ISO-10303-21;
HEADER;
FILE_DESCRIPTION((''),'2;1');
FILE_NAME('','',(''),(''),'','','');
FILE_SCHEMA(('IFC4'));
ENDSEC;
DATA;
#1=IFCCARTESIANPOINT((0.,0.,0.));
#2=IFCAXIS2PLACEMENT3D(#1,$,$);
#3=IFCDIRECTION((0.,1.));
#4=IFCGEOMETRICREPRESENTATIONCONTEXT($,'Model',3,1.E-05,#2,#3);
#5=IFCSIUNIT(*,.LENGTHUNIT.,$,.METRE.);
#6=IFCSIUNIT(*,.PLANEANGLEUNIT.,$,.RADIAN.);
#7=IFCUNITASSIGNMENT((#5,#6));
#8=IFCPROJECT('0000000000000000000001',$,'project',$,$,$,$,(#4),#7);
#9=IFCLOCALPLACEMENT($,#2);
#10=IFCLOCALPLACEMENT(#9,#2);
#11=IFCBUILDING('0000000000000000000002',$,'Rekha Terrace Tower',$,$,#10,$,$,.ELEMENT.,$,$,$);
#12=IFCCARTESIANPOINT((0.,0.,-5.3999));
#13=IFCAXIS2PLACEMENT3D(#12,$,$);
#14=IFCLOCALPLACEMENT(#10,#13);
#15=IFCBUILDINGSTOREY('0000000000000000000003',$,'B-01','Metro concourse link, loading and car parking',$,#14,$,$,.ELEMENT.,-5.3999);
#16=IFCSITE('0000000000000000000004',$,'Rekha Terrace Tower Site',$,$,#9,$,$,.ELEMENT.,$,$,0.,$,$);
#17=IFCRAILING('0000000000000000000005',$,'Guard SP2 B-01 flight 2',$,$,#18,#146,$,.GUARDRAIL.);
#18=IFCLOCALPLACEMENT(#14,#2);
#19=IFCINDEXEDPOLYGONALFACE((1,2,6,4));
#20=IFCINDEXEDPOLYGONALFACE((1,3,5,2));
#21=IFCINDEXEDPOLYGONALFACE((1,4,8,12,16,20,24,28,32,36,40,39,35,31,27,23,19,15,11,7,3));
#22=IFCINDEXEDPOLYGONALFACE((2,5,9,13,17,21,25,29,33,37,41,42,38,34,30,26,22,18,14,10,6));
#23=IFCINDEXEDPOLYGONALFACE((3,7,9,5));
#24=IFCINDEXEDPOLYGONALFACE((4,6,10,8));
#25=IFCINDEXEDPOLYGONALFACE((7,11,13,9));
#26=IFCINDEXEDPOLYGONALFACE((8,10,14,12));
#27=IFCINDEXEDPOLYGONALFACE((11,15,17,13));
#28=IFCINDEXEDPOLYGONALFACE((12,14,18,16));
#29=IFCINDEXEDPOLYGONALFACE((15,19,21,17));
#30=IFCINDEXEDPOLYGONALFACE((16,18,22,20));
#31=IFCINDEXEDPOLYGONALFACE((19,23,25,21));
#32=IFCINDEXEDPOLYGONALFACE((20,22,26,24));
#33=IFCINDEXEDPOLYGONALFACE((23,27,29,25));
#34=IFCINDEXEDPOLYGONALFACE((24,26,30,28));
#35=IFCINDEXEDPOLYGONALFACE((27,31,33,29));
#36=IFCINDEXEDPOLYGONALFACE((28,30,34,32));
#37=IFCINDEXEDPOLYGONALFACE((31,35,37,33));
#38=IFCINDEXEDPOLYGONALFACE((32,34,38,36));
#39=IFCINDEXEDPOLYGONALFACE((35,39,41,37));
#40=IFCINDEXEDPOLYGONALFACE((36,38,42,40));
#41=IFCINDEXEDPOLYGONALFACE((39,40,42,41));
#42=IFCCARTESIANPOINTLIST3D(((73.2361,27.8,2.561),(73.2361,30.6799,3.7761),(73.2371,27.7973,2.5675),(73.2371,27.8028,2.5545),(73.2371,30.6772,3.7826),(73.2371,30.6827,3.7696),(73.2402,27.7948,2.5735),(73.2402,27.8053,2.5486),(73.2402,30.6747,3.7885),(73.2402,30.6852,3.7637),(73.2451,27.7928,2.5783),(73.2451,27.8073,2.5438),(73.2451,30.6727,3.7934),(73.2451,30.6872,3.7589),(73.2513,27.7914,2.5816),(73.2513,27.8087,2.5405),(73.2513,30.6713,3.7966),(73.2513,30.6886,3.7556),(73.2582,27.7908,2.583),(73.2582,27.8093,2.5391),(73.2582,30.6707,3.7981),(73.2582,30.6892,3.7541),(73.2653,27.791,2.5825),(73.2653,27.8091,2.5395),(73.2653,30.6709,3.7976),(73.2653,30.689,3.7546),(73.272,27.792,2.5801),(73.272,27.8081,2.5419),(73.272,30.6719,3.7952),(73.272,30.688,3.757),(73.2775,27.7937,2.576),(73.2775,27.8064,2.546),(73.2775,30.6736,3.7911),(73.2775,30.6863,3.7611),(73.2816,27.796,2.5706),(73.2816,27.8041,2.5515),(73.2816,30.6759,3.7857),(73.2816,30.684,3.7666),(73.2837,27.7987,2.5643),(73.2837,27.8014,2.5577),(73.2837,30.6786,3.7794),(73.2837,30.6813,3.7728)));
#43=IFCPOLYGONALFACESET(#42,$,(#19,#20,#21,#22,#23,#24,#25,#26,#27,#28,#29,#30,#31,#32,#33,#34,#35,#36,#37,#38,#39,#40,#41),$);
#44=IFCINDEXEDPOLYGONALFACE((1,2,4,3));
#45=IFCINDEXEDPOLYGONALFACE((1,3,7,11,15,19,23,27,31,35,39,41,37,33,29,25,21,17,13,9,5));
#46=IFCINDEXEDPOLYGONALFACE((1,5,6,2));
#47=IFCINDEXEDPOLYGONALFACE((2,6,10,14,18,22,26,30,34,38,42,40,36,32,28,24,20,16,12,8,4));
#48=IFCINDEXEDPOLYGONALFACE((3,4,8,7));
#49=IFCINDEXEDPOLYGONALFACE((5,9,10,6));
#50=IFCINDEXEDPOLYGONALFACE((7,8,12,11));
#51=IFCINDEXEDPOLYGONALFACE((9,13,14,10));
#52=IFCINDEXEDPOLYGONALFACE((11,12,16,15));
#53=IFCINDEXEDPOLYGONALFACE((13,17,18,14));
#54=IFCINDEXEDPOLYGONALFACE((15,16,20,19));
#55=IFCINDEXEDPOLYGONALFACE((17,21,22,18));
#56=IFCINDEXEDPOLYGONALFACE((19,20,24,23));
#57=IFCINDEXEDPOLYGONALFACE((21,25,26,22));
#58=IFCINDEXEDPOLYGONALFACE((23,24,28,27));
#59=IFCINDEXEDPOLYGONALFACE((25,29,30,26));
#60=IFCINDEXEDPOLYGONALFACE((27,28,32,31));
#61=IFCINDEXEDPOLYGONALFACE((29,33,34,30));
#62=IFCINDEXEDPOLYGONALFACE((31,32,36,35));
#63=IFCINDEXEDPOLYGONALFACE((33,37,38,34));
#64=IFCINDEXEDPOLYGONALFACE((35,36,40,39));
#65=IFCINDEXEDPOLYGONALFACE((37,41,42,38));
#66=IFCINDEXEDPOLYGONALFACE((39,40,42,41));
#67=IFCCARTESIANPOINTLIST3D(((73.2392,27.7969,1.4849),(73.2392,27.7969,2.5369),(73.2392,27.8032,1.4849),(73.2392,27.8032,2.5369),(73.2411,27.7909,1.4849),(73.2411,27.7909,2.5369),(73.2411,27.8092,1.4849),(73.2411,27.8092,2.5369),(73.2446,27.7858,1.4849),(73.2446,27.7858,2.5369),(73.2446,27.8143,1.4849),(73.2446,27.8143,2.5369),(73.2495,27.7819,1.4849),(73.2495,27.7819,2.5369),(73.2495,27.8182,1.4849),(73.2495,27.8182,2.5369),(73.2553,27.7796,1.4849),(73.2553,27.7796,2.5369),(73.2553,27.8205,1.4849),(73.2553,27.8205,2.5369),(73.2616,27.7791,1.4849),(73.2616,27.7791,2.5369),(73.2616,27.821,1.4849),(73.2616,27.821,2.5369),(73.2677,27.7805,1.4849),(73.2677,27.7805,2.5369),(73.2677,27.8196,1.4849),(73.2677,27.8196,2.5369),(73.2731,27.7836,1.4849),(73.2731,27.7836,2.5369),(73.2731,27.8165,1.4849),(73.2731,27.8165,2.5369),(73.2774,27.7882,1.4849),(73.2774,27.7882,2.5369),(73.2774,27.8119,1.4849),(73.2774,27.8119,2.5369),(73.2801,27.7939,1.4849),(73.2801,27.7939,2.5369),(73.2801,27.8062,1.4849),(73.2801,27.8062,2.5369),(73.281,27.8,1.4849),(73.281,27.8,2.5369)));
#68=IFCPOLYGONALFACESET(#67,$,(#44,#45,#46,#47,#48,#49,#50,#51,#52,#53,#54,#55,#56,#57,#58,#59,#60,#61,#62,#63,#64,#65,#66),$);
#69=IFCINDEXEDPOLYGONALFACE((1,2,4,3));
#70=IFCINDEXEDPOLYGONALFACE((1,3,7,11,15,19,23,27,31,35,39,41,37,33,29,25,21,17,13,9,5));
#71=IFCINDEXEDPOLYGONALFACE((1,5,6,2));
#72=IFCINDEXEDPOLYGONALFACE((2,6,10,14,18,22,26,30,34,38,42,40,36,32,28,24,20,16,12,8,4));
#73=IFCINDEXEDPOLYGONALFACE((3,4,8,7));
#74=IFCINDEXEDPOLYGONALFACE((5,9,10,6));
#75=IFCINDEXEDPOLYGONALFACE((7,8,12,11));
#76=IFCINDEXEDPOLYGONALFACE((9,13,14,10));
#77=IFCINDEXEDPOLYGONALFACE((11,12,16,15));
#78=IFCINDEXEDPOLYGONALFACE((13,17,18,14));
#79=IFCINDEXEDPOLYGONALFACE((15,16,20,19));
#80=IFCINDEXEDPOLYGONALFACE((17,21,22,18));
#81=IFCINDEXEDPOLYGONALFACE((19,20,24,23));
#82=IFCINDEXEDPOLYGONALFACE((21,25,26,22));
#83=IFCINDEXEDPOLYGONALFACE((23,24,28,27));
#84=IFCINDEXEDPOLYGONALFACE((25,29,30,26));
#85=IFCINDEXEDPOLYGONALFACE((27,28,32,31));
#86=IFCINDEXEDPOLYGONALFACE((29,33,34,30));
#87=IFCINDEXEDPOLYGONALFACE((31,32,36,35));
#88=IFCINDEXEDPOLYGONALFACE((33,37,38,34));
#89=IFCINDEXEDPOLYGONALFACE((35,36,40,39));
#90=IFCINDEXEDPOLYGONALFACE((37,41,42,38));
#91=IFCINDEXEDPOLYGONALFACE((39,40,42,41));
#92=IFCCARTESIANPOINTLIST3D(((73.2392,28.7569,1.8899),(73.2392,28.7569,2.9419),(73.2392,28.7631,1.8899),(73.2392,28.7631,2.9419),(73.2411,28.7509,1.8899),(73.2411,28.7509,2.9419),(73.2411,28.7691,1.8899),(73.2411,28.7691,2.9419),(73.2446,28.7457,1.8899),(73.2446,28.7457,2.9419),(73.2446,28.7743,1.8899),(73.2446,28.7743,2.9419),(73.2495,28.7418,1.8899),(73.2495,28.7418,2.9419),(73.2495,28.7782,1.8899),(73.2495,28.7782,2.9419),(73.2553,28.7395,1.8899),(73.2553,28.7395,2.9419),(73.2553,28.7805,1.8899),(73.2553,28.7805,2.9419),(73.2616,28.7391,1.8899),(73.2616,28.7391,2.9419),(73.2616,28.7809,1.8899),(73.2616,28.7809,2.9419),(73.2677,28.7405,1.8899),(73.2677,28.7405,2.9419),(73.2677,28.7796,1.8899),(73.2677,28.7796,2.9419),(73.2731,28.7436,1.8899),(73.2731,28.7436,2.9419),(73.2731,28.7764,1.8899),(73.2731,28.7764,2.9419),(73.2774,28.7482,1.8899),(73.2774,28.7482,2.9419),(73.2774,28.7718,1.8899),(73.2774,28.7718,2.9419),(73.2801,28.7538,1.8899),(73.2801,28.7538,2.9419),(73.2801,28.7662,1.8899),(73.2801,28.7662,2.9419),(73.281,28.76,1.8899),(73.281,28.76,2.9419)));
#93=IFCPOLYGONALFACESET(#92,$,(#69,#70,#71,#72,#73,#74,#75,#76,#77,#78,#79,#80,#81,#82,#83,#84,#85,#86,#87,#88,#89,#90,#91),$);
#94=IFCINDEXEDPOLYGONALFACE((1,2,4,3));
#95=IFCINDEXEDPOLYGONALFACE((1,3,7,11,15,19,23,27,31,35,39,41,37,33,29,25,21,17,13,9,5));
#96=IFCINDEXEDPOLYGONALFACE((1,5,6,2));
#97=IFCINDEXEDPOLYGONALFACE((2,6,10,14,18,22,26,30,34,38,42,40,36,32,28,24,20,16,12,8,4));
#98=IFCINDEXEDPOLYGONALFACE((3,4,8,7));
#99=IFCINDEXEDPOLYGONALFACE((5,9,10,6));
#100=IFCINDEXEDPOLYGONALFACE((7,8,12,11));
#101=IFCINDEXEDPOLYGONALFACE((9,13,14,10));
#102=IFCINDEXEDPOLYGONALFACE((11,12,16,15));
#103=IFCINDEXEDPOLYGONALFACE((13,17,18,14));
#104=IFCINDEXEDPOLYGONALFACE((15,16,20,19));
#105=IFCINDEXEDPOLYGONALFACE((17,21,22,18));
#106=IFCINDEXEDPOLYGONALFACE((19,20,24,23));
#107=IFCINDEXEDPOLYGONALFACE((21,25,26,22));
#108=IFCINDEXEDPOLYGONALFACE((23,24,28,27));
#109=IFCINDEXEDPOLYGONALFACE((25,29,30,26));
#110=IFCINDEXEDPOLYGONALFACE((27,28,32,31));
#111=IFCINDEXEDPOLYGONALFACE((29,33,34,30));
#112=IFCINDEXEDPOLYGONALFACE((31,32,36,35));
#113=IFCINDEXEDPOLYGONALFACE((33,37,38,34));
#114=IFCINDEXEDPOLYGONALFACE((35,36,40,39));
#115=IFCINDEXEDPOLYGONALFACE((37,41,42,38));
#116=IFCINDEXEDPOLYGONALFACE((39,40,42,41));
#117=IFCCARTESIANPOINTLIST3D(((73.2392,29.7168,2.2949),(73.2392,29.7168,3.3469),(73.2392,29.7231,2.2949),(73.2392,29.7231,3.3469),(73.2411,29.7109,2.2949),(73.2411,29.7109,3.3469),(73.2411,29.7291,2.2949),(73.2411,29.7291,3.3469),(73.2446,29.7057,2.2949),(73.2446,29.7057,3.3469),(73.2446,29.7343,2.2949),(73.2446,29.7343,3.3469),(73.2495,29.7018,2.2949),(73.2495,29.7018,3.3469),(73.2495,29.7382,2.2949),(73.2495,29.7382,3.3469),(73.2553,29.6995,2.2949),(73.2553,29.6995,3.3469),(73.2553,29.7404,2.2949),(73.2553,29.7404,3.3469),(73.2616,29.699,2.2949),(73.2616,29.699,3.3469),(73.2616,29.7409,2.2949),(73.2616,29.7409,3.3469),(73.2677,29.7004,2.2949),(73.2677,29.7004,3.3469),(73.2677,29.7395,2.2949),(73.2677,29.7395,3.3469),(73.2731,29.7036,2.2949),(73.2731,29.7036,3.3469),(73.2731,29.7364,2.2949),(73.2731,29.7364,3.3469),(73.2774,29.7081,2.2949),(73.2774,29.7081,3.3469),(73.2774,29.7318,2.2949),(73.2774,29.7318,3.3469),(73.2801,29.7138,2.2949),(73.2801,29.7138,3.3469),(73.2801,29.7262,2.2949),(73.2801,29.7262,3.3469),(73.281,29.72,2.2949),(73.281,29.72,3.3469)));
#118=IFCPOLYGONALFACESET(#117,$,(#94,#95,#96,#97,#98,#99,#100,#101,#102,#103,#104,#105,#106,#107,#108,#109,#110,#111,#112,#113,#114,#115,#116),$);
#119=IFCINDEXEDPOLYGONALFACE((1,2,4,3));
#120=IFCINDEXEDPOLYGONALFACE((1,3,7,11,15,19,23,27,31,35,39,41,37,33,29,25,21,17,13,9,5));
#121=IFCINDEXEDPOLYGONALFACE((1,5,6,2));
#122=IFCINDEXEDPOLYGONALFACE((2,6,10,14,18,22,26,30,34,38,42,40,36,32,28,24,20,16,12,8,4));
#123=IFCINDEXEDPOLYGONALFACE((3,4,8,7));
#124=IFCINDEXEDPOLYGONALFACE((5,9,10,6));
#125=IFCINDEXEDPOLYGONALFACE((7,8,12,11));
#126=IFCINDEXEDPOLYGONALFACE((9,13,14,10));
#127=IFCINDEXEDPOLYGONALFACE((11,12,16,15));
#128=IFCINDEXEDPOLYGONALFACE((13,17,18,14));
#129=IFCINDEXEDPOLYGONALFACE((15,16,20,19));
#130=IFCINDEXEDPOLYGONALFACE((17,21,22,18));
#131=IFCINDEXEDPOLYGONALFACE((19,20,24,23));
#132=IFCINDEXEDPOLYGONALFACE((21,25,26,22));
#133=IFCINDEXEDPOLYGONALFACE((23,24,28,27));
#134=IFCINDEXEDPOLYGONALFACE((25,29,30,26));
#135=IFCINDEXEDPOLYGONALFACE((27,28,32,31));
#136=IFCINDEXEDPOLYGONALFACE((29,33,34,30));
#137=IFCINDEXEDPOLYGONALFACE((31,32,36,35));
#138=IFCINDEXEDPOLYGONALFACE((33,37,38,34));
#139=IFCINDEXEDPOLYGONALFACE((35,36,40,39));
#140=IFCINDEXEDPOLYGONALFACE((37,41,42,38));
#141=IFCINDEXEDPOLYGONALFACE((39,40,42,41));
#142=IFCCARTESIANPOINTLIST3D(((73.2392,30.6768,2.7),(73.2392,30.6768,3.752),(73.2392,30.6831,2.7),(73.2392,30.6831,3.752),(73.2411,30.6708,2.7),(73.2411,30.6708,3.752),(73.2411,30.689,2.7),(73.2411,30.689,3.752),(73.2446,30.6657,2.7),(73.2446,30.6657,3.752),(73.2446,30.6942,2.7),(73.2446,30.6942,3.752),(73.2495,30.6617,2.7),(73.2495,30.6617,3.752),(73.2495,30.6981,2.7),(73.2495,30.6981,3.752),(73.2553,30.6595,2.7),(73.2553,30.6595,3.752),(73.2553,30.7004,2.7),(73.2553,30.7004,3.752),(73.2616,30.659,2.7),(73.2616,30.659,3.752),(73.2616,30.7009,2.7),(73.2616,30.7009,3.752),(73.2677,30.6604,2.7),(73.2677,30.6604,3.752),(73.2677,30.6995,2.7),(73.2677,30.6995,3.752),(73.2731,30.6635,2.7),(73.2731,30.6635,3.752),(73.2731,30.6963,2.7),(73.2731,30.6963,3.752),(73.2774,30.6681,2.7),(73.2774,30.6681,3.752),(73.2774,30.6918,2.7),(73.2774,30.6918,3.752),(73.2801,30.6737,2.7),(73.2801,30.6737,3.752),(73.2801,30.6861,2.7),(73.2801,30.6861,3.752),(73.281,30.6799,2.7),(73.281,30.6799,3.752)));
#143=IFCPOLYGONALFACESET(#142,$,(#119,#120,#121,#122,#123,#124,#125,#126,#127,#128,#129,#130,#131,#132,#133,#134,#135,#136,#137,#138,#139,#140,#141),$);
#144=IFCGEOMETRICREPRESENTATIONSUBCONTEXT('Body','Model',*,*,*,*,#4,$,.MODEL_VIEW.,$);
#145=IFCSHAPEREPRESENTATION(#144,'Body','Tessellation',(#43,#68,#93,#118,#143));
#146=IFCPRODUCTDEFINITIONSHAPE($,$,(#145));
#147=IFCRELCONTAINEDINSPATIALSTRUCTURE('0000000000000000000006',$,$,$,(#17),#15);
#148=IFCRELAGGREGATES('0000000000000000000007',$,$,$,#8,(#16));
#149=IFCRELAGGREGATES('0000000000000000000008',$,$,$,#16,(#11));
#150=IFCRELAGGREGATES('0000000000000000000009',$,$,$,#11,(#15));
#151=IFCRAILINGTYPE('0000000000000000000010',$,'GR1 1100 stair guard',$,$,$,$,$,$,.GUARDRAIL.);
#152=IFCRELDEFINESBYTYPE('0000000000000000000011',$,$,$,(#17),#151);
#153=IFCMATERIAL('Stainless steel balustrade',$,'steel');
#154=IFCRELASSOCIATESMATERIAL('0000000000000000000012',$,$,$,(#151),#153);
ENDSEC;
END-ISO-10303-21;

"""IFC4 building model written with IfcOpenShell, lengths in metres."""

from ifc_helpers import new_model, si_unit, direction, frame, origin, origin_2d, place, context, subcontext, project, spatial, circle, extrude, material, type_object, element, save


model = new_model("IFC4")

# Units and contexts
model_context = context("Model", 3, precision=1e-05, world=origin(), true_north=direction((0.0, 1.0)))
body_context = subcontext(model_context, "Body", "Model", "MODEL_VIEW")
ifc_project = project(units=[si_unit("LENGTHUNIT", "METRE"), si_unit("PLANEANGLEUNIT", "RADIAN")], contexts=[model_context])

# Site, building, storey
site_placement = place(None, origin())
site = spatial("IfcSite", under=ifc_project, at=site_placement, Name="Rekha Terrace Tower Site", CompositionType="ELEMENT", RefElevation=0.0)
building_placement = place(site_placement, origin())
building = spatial("IfcBuilding", under=site, at=building_placement, Name="Rekha Terrace Tower", CompositionType="ELEMENT")
storey_placement = place(building_placement, frame((0.0, 0.0, -5.3999)))
storey = spatial("IfcBuildingStorey", under=building, at=storey_placement, Name="B-01", Description="Metro concourse link, loading and car parking", CompositionType="ELEMENT", Elevation=-5.3999)

# Railing
ifc_material_1 = material(Name="Stainless steel balustrade", Category="steel")
railing_type_1 = type_object("IfcRailingType", Name="GR1 1100 stair guard", PredefinedType="GUARDRAIL", material=ifc_material_1)
railing_1_placement = place(storey_placement, frame((73.26, 27.8, 1.4849)))
element("IfcRailing", 1, at=railing_1_placement, inside=storey, type_object=railing_type_1, Name="Guard SP2 B-01 flight 2", PredefinedType="GUARDRAIL", context=body_context, shape_type="SweptSolid", body=[
    extrude(circle(Radius=0.0239, at=origin_2d()), frame((0.0, 0.0, 1.0762), z_axis=(0.0, 0.921348, 0.388738), x_axis=(-1.0, 0.0, 0.0)), (0.0, 0.0, 1.0), 3.1257),
    extrude(circle(Radius=0.021, at=origin_2d()), origin(), (0.0, 0.0, 1.0), 1.052),
    extrude(circle(Radius=0.021, at=origin_2d()), frame((0.0, 0.96, 0.405)), (0.0, 0.0, 1.0), 1.052),
    extrude(circle(Radius=0.021, at=origin_2d()), frame((0.0, 1.9199, 0.8101)), (0.0, 0.0, 1.0), 1.052),
    extrude(circle(Radius=0.021, at=origin_2d()), frame((0.0, 2.8799, 1.2151)), (0.0, 0.0, 1.0), 1.052),
])

save(model, "model.ifc")
